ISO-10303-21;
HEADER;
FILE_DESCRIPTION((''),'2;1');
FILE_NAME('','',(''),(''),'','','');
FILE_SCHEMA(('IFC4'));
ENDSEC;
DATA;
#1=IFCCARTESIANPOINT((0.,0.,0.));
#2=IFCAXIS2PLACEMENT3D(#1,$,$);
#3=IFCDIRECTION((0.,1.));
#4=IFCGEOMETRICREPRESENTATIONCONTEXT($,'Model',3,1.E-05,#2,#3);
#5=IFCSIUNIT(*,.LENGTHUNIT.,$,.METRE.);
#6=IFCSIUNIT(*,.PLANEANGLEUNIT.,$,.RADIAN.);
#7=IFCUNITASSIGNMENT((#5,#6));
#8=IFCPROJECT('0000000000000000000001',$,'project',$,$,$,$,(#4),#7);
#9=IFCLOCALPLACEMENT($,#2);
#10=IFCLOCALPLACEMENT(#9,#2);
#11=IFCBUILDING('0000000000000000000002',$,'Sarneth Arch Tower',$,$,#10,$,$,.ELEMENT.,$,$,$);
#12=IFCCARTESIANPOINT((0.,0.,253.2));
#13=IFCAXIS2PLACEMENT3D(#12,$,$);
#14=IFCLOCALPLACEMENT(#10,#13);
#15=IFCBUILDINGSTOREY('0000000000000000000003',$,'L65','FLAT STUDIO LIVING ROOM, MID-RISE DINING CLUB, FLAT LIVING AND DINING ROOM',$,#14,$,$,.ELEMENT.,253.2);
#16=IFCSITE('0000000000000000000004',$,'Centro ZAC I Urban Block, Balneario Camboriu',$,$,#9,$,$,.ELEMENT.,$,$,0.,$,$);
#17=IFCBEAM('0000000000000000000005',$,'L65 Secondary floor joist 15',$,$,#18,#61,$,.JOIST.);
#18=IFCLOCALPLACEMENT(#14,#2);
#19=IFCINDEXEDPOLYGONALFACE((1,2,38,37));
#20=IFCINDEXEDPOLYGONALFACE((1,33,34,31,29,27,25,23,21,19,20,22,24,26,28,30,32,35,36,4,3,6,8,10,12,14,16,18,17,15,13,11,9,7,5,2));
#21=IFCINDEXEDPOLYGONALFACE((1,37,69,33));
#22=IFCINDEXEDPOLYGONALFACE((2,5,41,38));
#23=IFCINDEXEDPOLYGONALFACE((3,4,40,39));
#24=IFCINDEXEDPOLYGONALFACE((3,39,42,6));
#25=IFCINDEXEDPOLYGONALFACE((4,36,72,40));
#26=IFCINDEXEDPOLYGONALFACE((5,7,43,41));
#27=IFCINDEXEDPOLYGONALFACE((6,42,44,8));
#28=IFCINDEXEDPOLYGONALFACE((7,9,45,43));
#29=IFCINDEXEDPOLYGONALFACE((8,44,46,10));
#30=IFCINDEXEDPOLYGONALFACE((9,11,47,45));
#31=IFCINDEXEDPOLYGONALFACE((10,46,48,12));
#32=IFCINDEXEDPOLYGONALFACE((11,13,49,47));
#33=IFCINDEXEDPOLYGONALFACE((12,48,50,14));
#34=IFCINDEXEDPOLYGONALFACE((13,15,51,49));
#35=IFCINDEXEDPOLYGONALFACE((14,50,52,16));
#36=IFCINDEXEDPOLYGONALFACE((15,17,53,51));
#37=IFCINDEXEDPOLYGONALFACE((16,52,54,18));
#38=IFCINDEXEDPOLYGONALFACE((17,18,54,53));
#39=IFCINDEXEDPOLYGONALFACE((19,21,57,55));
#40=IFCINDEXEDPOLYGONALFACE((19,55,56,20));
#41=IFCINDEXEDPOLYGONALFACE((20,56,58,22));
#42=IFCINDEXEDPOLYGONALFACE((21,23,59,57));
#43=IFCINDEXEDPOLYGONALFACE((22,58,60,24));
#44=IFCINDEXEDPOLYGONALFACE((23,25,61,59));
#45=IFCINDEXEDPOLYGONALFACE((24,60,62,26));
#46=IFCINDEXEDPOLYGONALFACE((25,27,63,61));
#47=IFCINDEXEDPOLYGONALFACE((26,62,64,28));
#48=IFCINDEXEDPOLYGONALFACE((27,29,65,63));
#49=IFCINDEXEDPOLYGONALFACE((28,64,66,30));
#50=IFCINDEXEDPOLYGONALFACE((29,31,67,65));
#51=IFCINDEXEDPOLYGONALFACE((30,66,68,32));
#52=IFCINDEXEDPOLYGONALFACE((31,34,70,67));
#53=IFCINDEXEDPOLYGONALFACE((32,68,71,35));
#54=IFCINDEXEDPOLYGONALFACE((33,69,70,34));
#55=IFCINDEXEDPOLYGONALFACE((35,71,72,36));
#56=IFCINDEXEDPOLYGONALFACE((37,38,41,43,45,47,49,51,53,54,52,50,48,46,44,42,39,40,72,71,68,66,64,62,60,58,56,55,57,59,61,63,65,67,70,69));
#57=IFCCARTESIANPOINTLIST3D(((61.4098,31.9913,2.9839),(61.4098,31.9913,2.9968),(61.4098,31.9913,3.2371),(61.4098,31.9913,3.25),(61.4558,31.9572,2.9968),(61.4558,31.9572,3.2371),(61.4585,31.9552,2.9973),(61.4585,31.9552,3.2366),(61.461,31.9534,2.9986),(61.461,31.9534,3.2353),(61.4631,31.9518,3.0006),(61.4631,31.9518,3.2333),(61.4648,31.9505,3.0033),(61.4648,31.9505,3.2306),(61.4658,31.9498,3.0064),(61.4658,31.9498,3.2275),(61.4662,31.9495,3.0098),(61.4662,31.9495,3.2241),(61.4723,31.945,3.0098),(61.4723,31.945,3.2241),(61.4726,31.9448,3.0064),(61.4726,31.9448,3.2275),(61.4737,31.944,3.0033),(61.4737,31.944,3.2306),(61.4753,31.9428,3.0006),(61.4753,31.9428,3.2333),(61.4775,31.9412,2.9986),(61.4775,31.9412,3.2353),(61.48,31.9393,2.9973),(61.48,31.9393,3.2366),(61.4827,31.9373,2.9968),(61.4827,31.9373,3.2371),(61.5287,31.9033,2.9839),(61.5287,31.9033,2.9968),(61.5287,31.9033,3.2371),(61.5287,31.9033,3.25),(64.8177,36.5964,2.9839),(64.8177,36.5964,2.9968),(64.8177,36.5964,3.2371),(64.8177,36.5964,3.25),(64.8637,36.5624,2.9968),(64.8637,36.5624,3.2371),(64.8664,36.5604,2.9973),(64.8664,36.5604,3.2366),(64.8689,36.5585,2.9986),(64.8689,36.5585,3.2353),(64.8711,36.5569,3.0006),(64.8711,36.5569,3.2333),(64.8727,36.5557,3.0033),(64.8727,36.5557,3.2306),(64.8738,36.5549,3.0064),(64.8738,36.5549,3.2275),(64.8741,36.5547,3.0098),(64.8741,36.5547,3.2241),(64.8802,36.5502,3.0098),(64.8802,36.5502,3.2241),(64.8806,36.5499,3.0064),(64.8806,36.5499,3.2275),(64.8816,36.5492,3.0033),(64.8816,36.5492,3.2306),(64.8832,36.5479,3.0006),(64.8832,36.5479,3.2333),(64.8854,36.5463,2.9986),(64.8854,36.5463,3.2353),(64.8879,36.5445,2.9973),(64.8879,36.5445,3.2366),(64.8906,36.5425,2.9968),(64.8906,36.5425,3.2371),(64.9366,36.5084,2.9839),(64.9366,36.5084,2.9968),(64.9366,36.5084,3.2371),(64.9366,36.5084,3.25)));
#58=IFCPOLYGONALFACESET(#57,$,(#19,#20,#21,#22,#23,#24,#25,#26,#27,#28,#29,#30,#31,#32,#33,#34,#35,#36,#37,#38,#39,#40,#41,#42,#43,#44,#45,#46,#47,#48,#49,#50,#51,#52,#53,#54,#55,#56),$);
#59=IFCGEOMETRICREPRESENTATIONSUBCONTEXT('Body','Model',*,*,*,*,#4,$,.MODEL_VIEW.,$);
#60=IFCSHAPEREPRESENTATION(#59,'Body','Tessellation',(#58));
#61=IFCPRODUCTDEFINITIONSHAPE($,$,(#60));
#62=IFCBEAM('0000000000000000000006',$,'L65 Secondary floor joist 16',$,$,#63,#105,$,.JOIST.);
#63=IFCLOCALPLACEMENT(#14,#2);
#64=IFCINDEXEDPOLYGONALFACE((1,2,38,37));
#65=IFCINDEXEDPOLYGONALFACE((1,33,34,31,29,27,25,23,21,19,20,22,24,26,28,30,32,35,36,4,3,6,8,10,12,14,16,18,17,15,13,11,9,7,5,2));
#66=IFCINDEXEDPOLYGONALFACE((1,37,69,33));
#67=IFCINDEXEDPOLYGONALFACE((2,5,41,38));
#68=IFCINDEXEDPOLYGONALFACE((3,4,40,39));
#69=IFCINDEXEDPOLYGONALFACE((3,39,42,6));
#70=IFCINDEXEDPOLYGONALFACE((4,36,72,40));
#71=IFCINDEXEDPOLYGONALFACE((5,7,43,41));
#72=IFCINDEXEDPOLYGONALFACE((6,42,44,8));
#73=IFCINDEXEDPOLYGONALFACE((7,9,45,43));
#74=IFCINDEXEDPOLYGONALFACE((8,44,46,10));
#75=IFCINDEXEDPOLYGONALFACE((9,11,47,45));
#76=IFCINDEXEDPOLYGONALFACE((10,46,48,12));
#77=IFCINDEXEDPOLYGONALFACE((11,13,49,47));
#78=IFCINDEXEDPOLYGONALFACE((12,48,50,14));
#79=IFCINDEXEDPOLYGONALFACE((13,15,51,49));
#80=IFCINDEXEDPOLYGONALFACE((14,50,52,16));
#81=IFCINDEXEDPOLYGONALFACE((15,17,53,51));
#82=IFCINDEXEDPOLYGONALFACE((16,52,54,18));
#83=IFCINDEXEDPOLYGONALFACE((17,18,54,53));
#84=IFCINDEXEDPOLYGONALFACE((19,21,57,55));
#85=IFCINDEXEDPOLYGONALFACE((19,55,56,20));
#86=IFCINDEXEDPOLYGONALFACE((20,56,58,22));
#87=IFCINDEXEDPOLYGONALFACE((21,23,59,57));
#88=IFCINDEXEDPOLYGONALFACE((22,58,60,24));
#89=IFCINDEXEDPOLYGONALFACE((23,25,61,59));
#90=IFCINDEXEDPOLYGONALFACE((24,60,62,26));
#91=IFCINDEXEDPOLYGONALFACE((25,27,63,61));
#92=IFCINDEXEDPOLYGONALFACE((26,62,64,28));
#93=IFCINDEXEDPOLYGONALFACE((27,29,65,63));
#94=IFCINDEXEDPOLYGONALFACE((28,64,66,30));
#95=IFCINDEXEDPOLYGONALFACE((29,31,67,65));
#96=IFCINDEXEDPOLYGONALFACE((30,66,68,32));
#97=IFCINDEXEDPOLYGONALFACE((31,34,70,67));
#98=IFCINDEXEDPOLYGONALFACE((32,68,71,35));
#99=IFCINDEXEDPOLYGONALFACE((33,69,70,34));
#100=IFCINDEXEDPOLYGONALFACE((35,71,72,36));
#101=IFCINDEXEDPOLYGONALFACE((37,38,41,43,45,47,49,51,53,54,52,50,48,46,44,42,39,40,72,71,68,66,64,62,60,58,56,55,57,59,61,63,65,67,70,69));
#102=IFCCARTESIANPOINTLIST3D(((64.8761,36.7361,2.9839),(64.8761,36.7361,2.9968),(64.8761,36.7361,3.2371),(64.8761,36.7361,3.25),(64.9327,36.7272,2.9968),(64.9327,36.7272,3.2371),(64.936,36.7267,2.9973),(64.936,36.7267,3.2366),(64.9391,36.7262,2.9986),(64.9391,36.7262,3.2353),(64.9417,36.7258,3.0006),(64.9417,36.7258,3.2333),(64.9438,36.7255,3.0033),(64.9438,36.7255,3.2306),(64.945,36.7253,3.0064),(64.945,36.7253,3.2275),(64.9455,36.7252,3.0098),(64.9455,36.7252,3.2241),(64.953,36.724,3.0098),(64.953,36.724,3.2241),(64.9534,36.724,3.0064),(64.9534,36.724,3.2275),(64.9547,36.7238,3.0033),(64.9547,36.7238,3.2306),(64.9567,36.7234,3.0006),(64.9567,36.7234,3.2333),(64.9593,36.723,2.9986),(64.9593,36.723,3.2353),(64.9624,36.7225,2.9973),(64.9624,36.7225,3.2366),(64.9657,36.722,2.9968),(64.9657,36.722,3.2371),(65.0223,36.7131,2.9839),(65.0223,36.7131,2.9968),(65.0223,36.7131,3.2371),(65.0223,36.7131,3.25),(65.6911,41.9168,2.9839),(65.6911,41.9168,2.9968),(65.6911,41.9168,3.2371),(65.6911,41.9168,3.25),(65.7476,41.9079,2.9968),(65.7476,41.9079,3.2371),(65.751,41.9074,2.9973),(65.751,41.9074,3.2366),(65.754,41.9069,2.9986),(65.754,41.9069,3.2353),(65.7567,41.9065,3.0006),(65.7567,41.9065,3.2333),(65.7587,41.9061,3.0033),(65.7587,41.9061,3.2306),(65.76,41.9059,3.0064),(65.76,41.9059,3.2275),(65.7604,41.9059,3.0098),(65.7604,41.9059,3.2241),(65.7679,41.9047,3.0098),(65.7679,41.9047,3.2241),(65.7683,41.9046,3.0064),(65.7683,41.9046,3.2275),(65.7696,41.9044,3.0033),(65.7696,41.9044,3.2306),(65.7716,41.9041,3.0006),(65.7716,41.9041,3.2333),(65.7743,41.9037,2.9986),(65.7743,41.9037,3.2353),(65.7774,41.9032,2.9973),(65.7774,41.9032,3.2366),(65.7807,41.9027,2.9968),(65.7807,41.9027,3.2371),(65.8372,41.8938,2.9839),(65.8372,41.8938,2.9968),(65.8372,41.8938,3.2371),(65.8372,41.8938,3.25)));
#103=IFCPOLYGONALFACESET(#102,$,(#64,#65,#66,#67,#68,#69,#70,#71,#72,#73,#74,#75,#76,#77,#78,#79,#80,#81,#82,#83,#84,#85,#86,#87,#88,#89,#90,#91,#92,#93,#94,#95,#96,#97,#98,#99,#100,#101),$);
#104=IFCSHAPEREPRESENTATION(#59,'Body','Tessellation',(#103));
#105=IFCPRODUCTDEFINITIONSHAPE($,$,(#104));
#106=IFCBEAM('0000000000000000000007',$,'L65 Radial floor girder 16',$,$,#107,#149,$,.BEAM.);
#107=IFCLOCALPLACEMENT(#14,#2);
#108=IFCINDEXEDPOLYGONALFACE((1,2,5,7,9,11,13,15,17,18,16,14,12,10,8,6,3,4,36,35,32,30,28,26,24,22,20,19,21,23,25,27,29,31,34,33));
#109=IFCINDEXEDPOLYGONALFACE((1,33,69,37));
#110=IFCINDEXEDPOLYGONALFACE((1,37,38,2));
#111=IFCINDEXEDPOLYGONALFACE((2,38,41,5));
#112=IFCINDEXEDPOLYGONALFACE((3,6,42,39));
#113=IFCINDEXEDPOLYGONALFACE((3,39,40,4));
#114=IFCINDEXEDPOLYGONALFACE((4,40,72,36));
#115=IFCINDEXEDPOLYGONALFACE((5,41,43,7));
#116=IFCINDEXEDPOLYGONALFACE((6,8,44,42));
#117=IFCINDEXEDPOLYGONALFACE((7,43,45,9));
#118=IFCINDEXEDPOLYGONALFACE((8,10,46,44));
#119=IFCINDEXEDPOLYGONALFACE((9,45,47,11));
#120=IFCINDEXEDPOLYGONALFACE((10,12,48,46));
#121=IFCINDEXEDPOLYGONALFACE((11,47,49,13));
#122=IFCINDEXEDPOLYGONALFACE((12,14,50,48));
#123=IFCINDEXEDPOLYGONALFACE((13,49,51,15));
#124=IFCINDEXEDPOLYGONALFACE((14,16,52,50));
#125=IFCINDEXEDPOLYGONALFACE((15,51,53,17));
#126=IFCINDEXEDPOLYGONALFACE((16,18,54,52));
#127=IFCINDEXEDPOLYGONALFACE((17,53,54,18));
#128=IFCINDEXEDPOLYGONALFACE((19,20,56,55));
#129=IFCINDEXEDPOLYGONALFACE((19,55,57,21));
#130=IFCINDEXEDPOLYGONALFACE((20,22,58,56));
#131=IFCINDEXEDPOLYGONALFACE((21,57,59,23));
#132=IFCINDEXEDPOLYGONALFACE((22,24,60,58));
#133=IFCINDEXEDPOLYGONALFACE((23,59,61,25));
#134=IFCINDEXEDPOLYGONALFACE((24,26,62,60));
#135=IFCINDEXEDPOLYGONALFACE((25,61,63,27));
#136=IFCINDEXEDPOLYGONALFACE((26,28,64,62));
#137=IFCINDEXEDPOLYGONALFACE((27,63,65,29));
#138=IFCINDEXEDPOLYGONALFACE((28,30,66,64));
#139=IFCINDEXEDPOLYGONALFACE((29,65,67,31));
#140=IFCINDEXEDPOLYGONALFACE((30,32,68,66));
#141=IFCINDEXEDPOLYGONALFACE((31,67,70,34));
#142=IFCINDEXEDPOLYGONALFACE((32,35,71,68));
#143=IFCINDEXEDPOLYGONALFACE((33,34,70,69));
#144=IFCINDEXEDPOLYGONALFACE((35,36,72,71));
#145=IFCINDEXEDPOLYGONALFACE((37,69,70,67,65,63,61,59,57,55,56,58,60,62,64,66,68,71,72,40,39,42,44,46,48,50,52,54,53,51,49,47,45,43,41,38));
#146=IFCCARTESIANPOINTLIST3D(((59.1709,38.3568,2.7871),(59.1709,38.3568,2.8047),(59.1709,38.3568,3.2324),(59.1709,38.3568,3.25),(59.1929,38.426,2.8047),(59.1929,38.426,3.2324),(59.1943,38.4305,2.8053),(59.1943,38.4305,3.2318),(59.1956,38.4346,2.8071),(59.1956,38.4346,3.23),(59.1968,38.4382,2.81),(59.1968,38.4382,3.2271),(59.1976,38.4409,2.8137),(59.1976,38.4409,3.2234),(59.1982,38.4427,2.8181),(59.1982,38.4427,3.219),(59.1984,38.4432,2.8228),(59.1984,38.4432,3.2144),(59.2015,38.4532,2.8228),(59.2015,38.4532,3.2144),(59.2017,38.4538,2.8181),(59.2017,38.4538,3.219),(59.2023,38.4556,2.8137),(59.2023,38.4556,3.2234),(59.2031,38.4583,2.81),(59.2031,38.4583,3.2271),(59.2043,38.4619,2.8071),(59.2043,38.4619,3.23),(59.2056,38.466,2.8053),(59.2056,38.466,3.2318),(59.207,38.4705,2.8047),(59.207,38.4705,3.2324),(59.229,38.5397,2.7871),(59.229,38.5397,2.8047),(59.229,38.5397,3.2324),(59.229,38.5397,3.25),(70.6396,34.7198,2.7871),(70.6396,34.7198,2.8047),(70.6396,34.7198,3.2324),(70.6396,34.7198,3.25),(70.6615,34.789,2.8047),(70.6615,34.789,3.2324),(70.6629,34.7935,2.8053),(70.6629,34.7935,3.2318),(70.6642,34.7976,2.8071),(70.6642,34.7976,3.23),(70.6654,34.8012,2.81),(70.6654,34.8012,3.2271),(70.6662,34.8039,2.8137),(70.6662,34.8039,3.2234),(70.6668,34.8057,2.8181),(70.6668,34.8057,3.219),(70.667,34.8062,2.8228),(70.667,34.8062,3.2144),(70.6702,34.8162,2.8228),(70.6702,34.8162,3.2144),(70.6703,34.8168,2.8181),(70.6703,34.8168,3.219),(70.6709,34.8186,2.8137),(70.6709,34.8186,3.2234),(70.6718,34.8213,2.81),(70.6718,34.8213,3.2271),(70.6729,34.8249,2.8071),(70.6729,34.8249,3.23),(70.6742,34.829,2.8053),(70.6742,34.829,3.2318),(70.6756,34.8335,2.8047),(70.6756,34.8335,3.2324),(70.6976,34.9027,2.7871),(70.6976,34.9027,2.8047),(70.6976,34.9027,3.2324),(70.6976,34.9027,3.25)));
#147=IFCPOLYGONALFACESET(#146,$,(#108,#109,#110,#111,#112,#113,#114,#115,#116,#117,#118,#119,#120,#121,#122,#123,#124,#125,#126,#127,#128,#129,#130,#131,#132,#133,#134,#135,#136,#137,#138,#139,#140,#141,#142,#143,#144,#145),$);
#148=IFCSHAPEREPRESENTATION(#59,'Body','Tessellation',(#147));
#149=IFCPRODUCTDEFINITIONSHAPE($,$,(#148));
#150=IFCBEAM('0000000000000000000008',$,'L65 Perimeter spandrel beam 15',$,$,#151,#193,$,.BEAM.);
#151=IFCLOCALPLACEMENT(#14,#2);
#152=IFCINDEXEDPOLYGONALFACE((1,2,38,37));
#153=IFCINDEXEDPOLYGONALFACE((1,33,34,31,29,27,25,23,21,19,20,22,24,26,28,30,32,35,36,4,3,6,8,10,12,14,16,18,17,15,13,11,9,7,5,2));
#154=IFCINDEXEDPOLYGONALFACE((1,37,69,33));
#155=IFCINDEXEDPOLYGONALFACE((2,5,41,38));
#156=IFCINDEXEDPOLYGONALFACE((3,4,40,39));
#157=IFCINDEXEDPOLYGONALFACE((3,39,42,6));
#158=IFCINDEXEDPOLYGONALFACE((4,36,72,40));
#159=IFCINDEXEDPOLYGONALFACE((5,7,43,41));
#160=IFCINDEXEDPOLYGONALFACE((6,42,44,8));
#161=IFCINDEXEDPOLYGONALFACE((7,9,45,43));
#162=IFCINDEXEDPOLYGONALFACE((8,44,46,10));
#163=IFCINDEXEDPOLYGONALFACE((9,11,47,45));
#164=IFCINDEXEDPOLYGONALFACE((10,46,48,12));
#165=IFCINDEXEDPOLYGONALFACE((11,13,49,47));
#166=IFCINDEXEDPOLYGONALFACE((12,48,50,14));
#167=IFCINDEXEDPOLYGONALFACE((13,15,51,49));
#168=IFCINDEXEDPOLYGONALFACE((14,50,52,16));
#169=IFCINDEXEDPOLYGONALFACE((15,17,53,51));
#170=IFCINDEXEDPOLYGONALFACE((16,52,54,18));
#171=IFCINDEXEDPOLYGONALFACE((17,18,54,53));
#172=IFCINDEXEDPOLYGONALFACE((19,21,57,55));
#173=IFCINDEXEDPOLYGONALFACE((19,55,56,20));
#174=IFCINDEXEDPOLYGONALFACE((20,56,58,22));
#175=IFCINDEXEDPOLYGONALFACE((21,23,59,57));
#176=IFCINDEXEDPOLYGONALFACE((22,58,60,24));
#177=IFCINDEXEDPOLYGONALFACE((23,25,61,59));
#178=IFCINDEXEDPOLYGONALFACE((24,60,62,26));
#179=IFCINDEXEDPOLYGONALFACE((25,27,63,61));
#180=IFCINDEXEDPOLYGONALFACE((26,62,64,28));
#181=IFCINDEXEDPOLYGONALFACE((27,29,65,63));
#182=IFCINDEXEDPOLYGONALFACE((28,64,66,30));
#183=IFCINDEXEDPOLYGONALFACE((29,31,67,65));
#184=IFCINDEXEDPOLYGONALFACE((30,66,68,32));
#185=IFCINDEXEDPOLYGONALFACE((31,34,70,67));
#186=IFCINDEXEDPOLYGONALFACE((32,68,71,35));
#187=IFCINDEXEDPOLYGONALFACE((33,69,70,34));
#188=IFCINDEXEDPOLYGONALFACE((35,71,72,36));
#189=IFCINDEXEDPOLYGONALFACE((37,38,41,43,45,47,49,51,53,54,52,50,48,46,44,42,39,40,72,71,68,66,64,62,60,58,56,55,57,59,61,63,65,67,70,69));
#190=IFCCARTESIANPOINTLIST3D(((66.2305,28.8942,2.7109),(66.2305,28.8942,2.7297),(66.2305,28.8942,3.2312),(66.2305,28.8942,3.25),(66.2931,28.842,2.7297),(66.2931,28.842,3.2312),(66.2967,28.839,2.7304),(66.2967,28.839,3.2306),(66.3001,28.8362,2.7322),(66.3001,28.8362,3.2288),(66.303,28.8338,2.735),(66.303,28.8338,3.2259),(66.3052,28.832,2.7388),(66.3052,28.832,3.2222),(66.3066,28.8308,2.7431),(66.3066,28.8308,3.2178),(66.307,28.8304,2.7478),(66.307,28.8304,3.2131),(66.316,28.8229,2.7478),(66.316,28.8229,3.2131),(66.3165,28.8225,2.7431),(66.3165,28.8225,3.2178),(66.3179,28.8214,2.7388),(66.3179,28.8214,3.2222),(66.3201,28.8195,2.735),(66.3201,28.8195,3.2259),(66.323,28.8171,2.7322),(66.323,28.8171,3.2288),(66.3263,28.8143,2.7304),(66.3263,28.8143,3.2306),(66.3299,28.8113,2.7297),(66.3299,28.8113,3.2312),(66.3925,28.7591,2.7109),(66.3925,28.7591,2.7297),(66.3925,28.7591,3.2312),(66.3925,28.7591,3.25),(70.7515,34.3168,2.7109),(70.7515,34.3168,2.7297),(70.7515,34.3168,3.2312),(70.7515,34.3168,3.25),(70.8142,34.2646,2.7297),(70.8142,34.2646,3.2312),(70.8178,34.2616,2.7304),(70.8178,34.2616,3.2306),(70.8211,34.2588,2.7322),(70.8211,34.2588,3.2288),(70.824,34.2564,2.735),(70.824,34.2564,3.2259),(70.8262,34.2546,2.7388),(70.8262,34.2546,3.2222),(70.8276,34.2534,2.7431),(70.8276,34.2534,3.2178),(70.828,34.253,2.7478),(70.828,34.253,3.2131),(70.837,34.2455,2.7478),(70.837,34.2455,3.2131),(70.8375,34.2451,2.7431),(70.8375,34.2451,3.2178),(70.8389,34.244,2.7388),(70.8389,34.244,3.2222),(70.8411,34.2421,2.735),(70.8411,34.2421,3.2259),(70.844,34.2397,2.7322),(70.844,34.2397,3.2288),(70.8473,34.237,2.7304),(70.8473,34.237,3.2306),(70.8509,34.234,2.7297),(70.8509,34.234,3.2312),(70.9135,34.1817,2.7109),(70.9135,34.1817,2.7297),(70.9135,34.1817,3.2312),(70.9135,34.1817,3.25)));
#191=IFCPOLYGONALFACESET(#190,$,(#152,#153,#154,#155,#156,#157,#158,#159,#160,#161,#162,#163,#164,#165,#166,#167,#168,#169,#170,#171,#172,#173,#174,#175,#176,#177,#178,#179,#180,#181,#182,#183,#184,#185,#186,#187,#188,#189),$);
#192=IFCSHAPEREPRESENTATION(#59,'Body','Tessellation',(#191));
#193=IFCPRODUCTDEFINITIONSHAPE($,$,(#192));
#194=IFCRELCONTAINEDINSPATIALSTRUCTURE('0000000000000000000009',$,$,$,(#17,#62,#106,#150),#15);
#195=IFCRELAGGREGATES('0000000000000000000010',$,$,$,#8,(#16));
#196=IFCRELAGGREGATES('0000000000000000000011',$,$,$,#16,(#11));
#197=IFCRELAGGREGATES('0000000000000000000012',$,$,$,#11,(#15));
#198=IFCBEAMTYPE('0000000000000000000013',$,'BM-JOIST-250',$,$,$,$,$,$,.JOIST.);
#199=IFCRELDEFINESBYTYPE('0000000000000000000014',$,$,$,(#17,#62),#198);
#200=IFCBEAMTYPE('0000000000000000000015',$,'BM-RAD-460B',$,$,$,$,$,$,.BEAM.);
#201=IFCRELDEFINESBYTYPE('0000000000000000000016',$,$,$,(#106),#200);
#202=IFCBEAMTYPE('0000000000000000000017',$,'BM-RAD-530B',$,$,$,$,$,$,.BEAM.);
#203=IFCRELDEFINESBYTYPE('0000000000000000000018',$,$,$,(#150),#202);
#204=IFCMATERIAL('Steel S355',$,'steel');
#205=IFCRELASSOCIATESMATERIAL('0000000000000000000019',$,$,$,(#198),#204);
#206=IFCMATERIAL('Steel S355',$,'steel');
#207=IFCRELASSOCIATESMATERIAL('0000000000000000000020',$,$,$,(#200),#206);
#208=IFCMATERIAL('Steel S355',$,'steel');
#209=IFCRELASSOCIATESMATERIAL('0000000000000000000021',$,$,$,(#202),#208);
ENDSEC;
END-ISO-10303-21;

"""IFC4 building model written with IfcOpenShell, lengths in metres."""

from ifc_helpers import new_model, si_unit, direction, frame, origin, origin_2d, place, context, subcontext, project, spatial, i_section, extrude, material, material_profile, profile_set, type_object, element, save


model = new_model("IFC4")

# Units and contexts
model_context = context("Model", 3, precision=1e-05, world=origin(), true_north=direction((0.0, 1.0)))
body_context = subcontext(model_context, "Body", "Model", "MODEL_VIEW")
ifc_project = project(units=[si_unit("LENGTHUNIT", "METRE"), si_unit("PLANEANGLEUNIT", "RADIAN")], contexts=[model_context])

# Site, building, storey
site_placement = place(None, origin())
site = spatial("IfcSite", under=ifc_project, at=site_placement, Name="Centro ZAC I Urban Block, Balneario Camboriu", CompositionType="ELEMENT", RefElevation=0.0)
building_placement = place(site_placement, origin())
building = spatial("IfcBuilding", under=site, at=building_placement, Name="Sarneth Arch Tower", CompositionType="ELEMENT")
storey_placement = place(building_placement, frame((0.0, 0.0, 253.2)))
storey = spatial("IfcBuildingStorey", under=building, at=storey_placement, Name="L65", Description="FLAT STUDIO LIVING ROOM, MID-RISE DINING CLUB, FLAT LIVING AND DINING ROOM", CompositionType="ELEMENT", Elevation=253.2)

# Beams
ifc_material_1 = material(Name="Steel S355", Category="steel")
ifc_material_profile_1 = material_profile(ifc_material_1, i_section(OverallWidth=0.1479, OverallDepth=0.2661, WebThickness=0.0076, FlangeThickness=0.0129, FilletRadius=0.0129, at=origin_2d()), Name="W250x44.8")
ifc_profile_set_1 = profile_set([ifc_material_profile_1], Name="Steel S355")
beam_type_1 = type_object("IfcBeamType", Name="BM-JOIST-250", PredefinedType="JOIST", material=ifc_profile_set_1)
beam_1_placement = place(storey_placement, frame((61.4692, 31.9473, 3.1169), z_axis=(0.594853, 0.803834, 0.0), x_axis=(-0.803834, 0.594853, 0.0)))
element("IfcBeam", 1, at=beam_1_placement, inside=storey, type_object=beam_type_1, Name="L65 Secondary floor joist 15", PredefinedType="JOIST", context=body_context, shape_type="SweptSolid", body=[
    extrude(i_section(OverallWidth=0.1479, OverallDepth=0.2661, WebThickness=0.0076, FlangeThickness=0.0129, FilletRadius=0.0129, at=origin_2d()), origin(), (0.0, 0.0, 1.0), 5.729),
])
beam_2_placement = place(storey_placement, frame((64.9492, 36.7246, 3.1169), z_axis=(0.155394, 0.987853, 0.0), x_axis=(-0.987853, 0.155394, 0.0)))
element("IfcBeam", 2, at=beam_2_placement, inside=storey, type_object=beam_type_1, Name="L65 Secondary floor joist 16", PredefinedType="JOIST", context=body_context, shape_type="SweptSolid", body=[
    extrude(i_section(OverallWidth=0.1479, OverallDepth=0.2661, WebThickness=0.0076, FlangeThickness=0.0129, FilletRadius=0.0129, at=origin_2d()), origin(), (0.0, 0.0, 1.0), 5.2444),
])
ifc_material_2 = material(Name="Steel S355", Category="steel")
ifc_material_profile_2 = material_profile(ifc_material_2, i_section(OverallWidth=0.1919, OverallDepth=0.4629, WebThickness=0.0105, FlangeThickness=0.0176, FilletRadius=0.0181, at=origin_2d()), Name="W460x89")
ifc_profile_set_2 = profile_set([ifc_material_profile_2], Name="Steel S355")
beam_type_2 = type_object("IfcBeamType", Name="BM-RAD-460B", PredefinedType="BEAM", material=ifc_profile_set_2)
beam_3_placement = place(storey_placement, frame((59.2, 38.4482, 3.0186), z_axis=(0.953216, -0.30229, 0.0), x_axis=(0.30229, 0.953216, 0.0)))
element("IfcBeam", 3, at=beam_3_placement, inside=storey, type_object=beam_type_2, Name="L65 Radial floor girder 16", PredefinedType="BEAM", context=body_context, shape_type="SweptSolid", body=[
    extrude(i_section(OverallWidth=0.1919, OverallDepth=0.4629, WebThickness=0.0105, FlangeThickness=0.0176, FilletRadius=0.0181, at=origin_2d()), origin(), (0.0, 0.0, 1.0), 12.0315),
])
ifc_material_3 = material(Name="Steel S355", Category="steel")
ifc_material_profile_3 = material_profile(ifc_material_3, i_section(OverallWidth=0.2109, OverallDepth=0.5391, WebThickness=0.0117, FlangeThickness=0.0188, FilletRadius=0.0181, at=origin_2d()), Name="W530x109")
ifc_profile_set_3 = profile_set([ifc_material_profile_3], Name="Steel S355")
beam_type_3 = type_object("IfcBeamType", Name="BM-RAD-530B", PredefinedType="BEAM", material=ifc_profile_set_3)
beam_4_placement = place(storey_placement, frame((66.3115, 28.8267, 2.9805), z_axis=(0.640365, 0.768071, 0.0), x_axis=(-0.768071, 0.640365, 0.0)))
element("IfcBeam", 4, at=beam_4_placement, inside=storey, type_object=beam_type_3, Name="L65 Perimeter spandrel beam 15", PredefinedType="BEAM", context=body_context, shape_type="SweptSolid", body=[
    extrude(i_section(OverallWidth=0.2109, OverallDepth=0.5391, WebThickness=0.0117, FlangeThickness=0.0188, FilletRadius=0.0181, at=origin_2d()), origin(), (0.0, 0.0, 1.0), 7.0601),
])

save(model, "model.ifc")
